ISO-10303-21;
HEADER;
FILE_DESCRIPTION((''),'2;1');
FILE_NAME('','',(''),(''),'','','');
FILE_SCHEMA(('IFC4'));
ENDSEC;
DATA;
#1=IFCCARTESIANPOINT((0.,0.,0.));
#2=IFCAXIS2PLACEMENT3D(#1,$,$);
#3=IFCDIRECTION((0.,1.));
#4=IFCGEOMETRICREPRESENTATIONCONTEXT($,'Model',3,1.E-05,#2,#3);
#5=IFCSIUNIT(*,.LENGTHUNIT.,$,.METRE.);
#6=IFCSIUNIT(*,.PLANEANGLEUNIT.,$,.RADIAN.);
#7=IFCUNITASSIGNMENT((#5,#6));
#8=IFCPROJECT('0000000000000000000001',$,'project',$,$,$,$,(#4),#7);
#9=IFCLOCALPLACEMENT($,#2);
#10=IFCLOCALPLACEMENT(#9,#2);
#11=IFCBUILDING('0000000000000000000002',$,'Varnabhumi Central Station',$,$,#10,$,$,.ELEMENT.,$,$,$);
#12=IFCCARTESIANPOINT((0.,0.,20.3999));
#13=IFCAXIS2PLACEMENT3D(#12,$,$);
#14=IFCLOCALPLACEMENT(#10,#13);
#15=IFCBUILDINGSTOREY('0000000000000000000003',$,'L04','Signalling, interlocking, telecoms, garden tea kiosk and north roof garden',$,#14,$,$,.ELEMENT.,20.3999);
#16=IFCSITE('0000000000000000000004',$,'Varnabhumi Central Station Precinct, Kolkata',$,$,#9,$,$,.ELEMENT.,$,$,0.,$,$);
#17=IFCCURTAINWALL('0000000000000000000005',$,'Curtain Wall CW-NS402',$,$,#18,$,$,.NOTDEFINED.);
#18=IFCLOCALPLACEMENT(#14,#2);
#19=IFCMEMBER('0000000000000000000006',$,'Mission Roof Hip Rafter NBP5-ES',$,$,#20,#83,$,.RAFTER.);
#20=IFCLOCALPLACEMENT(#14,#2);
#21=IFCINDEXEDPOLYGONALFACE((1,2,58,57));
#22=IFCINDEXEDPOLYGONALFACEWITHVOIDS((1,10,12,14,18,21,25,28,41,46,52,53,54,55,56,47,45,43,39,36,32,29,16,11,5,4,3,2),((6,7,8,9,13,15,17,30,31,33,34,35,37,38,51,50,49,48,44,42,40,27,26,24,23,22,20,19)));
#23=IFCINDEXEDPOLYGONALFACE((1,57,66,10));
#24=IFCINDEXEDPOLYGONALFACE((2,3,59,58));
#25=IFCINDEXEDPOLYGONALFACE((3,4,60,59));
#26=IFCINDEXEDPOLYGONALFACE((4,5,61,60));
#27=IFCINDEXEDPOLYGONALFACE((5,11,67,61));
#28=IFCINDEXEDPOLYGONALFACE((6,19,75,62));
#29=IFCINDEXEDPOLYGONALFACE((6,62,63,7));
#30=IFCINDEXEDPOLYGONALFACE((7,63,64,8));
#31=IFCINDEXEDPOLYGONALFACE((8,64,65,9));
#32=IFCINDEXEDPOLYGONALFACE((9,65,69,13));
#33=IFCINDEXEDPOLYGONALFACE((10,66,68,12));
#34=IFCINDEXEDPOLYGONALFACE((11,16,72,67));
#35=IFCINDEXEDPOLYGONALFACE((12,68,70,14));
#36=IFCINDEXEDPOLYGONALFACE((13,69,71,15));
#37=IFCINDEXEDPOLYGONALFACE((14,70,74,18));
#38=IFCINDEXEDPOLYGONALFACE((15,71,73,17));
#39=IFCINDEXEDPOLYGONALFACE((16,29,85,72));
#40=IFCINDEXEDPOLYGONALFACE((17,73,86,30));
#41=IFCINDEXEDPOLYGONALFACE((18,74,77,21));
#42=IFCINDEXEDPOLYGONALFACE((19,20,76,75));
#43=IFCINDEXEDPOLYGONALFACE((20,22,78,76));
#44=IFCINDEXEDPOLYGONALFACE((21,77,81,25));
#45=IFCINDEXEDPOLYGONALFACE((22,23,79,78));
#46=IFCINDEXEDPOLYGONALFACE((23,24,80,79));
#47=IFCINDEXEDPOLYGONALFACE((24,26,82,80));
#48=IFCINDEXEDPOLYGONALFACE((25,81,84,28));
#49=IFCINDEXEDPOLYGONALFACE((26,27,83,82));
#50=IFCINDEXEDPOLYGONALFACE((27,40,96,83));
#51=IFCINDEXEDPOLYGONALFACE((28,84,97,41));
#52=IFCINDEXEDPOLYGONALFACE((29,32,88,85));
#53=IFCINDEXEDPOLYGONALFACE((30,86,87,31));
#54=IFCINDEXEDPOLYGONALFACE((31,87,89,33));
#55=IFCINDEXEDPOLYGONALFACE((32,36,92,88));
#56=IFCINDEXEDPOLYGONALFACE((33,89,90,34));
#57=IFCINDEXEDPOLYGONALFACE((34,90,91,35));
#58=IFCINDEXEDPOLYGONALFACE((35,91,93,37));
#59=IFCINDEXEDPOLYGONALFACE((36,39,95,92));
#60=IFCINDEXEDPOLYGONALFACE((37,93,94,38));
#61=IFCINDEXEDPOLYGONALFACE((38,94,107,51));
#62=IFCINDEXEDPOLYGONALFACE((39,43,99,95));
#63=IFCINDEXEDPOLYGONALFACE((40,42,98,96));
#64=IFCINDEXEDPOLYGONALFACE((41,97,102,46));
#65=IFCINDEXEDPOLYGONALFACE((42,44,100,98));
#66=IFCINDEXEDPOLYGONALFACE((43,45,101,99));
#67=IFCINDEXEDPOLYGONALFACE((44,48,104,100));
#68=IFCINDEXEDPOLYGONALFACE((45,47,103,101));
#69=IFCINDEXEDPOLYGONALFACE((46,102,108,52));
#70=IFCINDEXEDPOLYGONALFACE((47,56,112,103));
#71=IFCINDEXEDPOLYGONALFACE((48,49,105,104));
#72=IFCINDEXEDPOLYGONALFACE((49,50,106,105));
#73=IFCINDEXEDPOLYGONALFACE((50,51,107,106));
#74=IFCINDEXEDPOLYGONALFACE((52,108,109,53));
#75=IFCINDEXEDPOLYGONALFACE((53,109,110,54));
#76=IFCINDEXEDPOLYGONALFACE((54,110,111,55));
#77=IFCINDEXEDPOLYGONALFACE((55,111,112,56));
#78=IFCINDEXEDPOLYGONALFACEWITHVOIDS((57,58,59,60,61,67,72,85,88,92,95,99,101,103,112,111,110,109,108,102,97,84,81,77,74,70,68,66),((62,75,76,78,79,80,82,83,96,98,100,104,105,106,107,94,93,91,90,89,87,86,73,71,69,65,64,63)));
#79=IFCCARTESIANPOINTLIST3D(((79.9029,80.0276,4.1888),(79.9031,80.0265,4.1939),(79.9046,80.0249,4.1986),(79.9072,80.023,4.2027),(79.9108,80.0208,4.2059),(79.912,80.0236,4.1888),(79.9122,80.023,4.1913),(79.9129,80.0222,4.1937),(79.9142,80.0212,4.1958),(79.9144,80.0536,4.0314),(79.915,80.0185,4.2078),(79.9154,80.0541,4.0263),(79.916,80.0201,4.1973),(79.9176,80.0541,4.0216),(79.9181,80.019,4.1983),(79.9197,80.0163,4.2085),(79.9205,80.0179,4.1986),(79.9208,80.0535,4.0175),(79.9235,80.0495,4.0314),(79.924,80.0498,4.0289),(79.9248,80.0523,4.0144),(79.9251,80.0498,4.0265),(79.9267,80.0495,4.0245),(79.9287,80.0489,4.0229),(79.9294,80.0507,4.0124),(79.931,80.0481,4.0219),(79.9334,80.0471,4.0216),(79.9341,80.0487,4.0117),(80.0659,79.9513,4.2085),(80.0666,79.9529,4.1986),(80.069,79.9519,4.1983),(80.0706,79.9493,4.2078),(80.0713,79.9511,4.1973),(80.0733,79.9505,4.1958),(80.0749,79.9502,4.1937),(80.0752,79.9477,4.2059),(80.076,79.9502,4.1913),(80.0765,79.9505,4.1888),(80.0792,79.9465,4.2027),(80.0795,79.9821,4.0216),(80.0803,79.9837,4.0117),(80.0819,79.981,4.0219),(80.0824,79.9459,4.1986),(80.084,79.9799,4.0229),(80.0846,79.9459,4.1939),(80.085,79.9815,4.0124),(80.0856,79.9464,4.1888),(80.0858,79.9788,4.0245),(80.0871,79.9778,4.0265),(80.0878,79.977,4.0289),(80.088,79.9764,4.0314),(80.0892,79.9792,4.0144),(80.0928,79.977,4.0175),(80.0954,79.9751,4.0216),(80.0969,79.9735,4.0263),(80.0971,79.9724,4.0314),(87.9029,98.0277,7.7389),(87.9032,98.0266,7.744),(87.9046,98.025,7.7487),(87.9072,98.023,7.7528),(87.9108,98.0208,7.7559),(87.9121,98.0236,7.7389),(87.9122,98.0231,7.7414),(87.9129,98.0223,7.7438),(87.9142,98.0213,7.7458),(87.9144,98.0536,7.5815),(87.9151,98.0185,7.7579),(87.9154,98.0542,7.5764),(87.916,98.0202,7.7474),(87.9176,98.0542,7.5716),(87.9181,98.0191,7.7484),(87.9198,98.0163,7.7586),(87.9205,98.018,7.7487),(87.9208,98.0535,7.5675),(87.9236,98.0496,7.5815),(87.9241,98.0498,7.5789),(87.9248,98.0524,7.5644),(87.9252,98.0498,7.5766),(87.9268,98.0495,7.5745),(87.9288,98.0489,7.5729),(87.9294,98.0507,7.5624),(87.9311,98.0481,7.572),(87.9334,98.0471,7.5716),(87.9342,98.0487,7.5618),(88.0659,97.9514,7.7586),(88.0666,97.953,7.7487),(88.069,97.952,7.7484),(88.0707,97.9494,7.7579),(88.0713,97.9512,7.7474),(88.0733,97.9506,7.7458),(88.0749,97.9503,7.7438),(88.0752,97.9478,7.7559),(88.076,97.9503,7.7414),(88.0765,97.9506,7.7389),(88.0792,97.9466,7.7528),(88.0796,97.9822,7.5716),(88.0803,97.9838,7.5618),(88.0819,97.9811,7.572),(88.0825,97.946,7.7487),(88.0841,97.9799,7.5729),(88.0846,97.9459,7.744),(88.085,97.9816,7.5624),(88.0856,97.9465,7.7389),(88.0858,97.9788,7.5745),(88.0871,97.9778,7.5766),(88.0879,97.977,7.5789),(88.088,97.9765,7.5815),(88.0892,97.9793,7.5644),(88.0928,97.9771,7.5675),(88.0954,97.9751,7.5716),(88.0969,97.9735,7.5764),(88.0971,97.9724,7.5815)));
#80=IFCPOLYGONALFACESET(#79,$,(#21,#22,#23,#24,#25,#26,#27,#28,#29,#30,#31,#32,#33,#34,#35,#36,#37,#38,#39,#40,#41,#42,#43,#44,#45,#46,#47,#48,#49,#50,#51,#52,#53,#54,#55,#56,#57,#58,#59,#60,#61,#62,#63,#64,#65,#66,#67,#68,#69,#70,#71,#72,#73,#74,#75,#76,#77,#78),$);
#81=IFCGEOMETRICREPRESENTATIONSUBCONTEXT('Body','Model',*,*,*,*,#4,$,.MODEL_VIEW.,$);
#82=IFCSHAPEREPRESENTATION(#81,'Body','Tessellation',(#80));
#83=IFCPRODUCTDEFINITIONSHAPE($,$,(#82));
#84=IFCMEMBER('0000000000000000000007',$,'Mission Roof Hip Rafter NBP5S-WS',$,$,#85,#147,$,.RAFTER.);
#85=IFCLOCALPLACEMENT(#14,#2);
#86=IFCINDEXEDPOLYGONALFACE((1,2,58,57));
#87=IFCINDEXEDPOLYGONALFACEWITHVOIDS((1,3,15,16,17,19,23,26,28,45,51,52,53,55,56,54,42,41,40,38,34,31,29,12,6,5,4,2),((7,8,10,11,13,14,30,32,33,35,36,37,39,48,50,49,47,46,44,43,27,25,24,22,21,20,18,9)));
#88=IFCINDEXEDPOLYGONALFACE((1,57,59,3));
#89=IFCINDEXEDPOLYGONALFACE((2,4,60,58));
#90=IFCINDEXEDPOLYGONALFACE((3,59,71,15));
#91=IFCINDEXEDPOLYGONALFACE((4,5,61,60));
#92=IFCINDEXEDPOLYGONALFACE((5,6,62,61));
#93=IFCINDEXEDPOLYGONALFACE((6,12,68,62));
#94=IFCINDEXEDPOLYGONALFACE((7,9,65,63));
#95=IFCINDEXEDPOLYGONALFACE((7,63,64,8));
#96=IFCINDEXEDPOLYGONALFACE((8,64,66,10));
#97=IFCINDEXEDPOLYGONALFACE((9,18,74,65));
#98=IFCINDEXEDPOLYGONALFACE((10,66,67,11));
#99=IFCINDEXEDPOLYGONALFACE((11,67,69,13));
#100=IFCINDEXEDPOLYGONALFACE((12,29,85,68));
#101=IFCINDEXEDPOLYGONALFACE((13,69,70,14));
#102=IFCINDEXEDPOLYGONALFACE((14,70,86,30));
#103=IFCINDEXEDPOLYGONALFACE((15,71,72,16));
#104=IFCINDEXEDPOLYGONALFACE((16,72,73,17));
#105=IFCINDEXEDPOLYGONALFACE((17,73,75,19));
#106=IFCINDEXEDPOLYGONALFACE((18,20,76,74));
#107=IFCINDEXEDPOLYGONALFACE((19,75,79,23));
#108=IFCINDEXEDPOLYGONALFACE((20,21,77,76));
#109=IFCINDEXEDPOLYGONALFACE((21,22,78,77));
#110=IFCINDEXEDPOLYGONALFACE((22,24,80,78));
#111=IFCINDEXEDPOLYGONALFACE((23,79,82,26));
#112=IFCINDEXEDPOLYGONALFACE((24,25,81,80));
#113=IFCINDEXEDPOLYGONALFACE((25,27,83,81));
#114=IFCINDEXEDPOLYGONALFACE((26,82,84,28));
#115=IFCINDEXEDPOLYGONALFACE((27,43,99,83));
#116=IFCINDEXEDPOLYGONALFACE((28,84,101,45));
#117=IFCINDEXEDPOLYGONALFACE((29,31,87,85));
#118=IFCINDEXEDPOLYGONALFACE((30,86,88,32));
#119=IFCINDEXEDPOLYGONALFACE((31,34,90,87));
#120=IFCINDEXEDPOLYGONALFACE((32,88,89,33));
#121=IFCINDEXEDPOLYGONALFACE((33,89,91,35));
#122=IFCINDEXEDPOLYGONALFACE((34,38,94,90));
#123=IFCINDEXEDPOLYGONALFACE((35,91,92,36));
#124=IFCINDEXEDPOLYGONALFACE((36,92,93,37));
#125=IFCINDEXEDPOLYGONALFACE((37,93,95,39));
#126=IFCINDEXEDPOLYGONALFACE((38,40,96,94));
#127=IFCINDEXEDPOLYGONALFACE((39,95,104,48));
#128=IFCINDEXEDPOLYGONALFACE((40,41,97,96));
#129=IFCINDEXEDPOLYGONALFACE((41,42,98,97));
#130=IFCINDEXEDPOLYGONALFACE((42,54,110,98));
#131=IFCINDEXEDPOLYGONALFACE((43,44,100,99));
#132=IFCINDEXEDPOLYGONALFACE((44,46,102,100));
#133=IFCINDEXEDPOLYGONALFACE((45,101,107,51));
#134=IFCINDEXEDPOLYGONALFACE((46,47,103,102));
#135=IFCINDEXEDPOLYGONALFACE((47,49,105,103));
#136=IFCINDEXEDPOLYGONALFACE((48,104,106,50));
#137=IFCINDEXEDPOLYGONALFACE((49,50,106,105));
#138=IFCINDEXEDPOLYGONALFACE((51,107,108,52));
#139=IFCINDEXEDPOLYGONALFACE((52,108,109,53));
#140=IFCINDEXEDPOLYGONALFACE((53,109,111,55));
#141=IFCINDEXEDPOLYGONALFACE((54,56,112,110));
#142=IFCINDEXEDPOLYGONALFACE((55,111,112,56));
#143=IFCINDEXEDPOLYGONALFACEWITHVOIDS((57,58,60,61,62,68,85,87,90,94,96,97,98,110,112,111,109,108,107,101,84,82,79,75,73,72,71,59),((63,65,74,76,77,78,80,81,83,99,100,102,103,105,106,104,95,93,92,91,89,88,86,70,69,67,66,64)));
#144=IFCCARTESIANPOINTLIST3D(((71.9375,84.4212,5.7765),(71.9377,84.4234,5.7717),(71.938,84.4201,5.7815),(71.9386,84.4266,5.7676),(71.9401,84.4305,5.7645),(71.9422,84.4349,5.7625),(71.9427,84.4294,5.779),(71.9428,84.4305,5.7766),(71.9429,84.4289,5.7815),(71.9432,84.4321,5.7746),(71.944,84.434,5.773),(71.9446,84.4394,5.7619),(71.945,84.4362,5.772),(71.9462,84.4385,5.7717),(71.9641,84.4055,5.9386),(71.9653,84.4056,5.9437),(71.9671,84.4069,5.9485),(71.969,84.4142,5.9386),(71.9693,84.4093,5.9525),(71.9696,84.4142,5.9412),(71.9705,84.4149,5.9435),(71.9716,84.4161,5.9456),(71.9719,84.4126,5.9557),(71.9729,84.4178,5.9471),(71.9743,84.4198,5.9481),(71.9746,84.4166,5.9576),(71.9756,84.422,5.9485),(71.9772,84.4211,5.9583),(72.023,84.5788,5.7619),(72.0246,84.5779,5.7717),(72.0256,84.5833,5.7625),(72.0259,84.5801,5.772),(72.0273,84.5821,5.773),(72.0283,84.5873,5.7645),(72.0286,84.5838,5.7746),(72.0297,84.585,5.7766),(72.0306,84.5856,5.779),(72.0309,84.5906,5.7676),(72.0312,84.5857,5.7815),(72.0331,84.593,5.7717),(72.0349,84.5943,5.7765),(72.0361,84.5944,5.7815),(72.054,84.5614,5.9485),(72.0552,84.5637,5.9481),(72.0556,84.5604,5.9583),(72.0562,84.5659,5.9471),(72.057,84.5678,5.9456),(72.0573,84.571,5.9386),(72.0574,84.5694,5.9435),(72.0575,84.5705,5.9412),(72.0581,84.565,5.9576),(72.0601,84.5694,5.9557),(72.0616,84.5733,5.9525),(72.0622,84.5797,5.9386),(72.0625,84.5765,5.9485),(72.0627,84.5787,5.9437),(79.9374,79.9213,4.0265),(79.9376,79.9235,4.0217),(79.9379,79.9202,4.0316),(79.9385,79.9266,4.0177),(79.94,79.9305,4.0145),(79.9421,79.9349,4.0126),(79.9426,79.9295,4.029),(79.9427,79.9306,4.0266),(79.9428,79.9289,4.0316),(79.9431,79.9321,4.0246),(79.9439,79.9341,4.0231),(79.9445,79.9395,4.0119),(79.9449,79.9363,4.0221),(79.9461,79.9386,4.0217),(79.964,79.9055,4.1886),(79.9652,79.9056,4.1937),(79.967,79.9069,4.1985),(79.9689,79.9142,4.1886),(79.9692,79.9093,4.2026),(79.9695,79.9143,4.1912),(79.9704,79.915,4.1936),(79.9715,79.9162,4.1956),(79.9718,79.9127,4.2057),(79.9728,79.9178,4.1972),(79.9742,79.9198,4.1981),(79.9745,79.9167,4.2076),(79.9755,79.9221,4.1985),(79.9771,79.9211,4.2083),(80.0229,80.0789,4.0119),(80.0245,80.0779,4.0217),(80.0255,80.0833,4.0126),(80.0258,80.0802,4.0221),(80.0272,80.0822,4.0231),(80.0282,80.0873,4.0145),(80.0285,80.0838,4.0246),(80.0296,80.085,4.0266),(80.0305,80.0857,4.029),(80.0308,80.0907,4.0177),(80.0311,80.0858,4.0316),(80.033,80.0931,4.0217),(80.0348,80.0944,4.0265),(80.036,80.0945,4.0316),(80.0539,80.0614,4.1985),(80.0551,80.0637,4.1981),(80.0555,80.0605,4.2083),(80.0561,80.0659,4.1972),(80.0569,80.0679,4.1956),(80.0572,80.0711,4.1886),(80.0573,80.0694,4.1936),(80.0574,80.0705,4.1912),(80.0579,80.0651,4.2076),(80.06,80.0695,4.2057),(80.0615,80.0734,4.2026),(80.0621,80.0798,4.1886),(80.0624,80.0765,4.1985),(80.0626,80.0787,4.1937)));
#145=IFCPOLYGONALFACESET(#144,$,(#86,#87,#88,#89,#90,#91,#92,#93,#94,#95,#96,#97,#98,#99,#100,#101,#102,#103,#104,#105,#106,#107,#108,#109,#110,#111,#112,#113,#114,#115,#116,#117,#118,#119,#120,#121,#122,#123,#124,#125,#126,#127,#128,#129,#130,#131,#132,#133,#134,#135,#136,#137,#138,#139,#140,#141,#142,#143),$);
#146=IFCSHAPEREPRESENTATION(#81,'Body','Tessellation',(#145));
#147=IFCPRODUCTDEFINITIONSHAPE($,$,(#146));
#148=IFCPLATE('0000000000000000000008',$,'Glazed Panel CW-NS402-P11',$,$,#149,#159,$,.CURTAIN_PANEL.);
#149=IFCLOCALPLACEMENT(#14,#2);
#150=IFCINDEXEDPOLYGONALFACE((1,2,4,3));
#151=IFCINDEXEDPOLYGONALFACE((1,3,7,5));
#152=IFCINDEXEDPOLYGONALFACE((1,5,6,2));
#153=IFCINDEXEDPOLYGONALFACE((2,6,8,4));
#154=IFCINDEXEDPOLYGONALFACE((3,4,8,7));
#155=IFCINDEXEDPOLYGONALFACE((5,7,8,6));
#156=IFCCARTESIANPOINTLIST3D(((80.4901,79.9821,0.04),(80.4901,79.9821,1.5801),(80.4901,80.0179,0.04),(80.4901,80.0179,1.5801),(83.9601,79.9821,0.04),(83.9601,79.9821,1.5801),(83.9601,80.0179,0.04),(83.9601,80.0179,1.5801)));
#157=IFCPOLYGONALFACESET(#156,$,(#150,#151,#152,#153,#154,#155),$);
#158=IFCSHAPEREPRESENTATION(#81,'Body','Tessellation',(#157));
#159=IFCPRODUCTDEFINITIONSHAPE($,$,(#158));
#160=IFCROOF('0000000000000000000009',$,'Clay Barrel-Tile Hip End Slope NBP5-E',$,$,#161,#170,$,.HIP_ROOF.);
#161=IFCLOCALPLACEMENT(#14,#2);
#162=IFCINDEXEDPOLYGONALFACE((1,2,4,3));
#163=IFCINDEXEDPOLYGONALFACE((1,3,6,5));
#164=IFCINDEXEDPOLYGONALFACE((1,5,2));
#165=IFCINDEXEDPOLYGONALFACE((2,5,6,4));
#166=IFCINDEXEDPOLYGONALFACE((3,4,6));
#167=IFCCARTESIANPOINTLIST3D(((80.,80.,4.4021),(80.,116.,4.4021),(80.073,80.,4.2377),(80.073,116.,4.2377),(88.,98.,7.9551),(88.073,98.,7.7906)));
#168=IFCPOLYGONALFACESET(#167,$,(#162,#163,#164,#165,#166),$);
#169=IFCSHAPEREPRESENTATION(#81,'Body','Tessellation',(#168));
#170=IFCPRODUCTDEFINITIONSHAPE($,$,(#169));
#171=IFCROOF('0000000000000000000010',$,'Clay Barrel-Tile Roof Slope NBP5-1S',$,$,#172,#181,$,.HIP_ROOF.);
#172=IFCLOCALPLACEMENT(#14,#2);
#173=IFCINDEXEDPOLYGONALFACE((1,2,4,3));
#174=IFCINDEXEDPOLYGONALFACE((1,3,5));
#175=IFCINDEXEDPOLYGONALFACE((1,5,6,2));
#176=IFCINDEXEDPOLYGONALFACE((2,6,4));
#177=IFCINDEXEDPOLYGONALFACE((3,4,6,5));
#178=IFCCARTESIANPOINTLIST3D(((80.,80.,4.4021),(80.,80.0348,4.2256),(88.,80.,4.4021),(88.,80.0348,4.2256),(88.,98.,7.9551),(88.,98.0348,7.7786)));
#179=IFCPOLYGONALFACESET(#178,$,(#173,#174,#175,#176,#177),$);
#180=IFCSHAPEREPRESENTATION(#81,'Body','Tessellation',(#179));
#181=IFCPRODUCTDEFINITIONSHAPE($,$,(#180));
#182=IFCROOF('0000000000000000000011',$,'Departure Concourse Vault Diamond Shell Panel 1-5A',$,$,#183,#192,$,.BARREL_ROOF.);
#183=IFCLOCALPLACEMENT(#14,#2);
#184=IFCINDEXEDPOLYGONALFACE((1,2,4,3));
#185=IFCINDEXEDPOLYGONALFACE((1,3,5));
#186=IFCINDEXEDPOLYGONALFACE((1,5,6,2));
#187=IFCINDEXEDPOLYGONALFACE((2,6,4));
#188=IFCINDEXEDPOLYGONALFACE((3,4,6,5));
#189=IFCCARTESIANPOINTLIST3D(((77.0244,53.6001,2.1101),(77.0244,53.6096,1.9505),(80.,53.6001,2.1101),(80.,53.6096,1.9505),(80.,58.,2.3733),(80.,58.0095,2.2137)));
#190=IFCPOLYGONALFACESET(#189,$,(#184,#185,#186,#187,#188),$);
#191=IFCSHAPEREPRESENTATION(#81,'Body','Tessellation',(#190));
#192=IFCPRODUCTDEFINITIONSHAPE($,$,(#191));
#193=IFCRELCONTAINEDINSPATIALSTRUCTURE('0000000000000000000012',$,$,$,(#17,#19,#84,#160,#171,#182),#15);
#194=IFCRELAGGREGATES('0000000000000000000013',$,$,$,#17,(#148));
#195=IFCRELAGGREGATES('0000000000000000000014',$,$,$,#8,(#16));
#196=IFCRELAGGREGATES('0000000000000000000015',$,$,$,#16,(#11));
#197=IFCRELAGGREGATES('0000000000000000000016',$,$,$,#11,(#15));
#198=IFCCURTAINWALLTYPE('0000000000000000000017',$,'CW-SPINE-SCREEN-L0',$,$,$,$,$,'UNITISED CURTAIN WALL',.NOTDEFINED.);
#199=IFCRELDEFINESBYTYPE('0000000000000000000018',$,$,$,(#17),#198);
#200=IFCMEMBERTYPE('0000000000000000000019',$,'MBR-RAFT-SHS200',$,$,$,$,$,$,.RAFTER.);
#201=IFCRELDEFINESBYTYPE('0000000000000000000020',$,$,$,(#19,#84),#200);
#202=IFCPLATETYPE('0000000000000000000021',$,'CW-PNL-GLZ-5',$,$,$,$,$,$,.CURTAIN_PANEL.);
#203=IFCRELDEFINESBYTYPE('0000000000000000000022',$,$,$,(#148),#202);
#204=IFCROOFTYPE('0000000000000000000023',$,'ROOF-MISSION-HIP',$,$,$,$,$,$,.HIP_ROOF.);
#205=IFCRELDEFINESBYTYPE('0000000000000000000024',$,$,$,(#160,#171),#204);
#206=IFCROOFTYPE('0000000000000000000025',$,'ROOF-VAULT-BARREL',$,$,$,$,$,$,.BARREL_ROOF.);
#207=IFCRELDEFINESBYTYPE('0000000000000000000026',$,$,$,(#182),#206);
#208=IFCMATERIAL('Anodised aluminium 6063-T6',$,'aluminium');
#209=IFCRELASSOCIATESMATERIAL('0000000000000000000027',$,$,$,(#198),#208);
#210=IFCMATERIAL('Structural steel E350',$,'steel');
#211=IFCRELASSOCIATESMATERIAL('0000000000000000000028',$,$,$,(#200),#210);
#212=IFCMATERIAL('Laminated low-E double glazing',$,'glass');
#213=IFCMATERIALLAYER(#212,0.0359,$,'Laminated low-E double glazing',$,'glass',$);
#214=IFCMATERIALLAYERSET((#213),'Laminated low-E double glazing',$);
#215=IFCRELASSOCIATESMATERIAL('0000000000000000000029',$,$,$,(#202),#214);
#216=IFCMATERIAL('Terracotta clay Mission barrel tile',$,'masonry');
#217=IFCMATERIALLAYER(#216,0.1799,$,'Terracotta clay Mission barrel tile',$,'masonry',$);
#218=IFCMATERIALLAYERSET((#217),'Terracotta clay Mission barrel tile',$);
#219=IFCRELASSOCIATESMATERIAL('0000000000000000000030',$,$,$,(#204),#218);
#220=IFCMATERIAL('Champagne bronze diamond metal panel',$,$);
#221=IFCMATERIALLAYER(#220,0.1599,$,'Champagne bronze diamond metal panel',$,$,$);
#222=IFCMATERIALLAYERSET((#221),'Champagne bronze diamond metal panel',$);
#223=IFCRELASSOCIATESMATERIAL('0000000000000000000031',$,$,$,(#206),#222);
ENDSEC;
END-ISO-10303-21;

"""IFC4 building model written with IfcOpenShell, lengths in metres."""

from ifc_helpers import new_model, si_unit, direction, frame, origin, origin_2d, place, context, subcontext, project, spatial, polyline, rectangle, hollow_rectangle, outline, extrude, material, layer, layer_set, material_profile, profile_set, type_object, element, aggregate, save


model = new_model("IFC4")

# Units and contexts
model_context = context("Model", 3, precision=1e-05, world=origin(), true_north=direction((0.0, 1.0)))
body_context = subcontext(model_context, "Body", "Model", "MODEL_VIEW")
ifc_project = project(units=[si_unit("LENGTHUNIT", "METRE"), si_unit("PLANEANGLEUNIT", "RADIAN")], contexts=[model_context])

# Site, building, storey
site_placement = place(None, origin())
site = spatial("IfcSite", under=ifc_project, at=site_placement, Name="Varnabhumi Central Station Precinct, Kolkata", CompositionType="ELEMENT", RefElevation=0.0)
building_placement = place(site_placement, origin())
building = spatial("IfcBuilding", under=site, at=building_placement, Name="Varnabhumi Central Station", CompositionType="ELEMENT")
storey_placement = place(building_placement, frame((0.0, 0.0, 20.3999)))
storey = spatial("IfcBuildingStorey", under=building, at=storey_placement, Name="L04", Description="Signalling, interlocking, telecoms, garden tea kiosk and north roof garden", CompositionType="ELEMENT", Elevation=20.3999)

# Curtain wall
ifc_material_1 = material(Name="Anodised aluminium 6063-T6", Category="aluminium")
curtain_wall_type = type_object("IfcCurtainWallType", Name="CW-SPINE-SCREEN-L0", ElementType="UNITISED CURTAIN WALL", PredefinedType="NOTDEFINED", material=ifc_material_1)
curtain_wall_placement = place(storey_placement, origin())
curtain_wall = element("IfcCurtainWall", 1, at=curtain_wall_placement, inside=storey, type_object=curtain_wall_type, Name="Curtain Wall CW-NS402", PredefinedType="NOTDEFINED")

# Members
ifc_material_2 = material(Name="Structural steel E350", Category="steel")
ifc_material_profile_1 = material_profile(ifc_material_2, hollow_rectangle(XDim=0.2, YDim=0.2, WallThickness=0.01, InnerFilletRadius=0.01, OuterFilletRadius=0.02, at=origin_2d()), Name="Structural steel E350", Category="steel")
ifc_profile_set_1 = profile_set([ifc_material_profile_1], Name="Structural steel E350")
member_type_1 = type_object("IfcMemberType", Name="MBR-RAFT-SHS200", PredefinedType="RAFTER", material=ifc_profile_set_1)
member_1_placement = place(storey_placement, frame((80.0, 80.0, 4.1101), z_axis=(0.399699, 0.899323, 0.177369), x_axis=(-0.913812, 0.406138, 0.0)))
element("IfcMember", 2, at=member_1_placement, inside=storey, type_object=member_type_1, Name="Mission Roof Hip Rafter NBP5-ES", PredefinedType="RAFTER", context=body_context, shape_type="SweptSolid", body=[
    extrude(hollow_rectangle(XDim=0.2, YDim=0.2, WallThickness=0.01, InnerFilletRadius=0.01, OuterFilletRadius=0.02, at=origin_2d()), origin(), (0.0, 0.0, 1.0), 20.0151),
])
member_2_placement = place(storey_placement, frame((80.0, 80.0, 4.1101), z_axis=(-0.856154, 0.481586, 0.187284), x_axis=(-0.490261, -0.871576, 0.0)))
element("IfcMember", 3, at=member_2_placement, inside=storey, type_object=member_type_1, Name="Mission Roof Hip Rafter NBP5S-WS", PredefinedType="RAFTER", context=body_context, shape_type="SweptSolid", body=[
    extrude(hollow_rectangle(XDim=0.2, YDim=0.2, WallThickness=0.01, InnerFilletRadius=0.01, OuterFilletRadius=0.02, at=origin_2d()), origin(), (0.0, 0.0, 1.0), 9.344),
])

# Plate
ifc_material_3 = material(Name="Laminated low-E double glazing", Category="glass")
ifc_layer_1 = layer(ifc_material_3, 0.0359, Name="Laminated low-E double glazing", Category="glass")
ifc_layer_set_1 = layer_set([ifc_layer_1], Name="Laminated low-E double glazing")
plate_type = type_object("IfcPlateType", Name="CW-PNL-GLZ-5", PredefinedType="CURTAIN_PANEL", material=ifc_layer_set_1)
plate_placement = place(storey_placement, frame((82.2251, 80.0, 0.04), z_axis=(0.0, 0.0, 1.0), x_axis=(1.0, 0.0, 0.0)))
plate = element("IfcPlate", 4, at=plate_placement, type_object=plate_type, Name="Glazed Panel CW-NS402-P11", PredefinedType="CURTAIN_PANEL", context=body_context, shape_type="SweptSolid", body=[
    extrude(rectangle(XDim=3.47, YDim=0.0359, at=origin_2d()), origin(), (0.0, 0.0, 1.0), 1.54),
])
aggregate(curtain_wall, [plate])

# Roofs
ifc_material_4 = material(Name="Terracotta clay Mission barrel tile", Category="masonry")
ifc_layer_2 = layer(ifc_material_4, 0.1799, Name="Terracotta clay Mission barrel tile", Category="masonry")
ifc_layer_set_2 = layer_set([ifc_layer_2], Name="Terracotta clay Mission barrel tile")
roof_type_1 = type_object("IfcRoofType", Name="ROOF-MISSION-HIP", PredefinedType="HIP_ROOF", material=ifc_layer_set_2)
roof_1_placement = place(storey_placement, frame((80.0, 80.0, 4.4021), z_axis=(-0.405893, 0.0, 0.913921), x_axis=(0.0, 1.0, 0.0)))
element("IfcRoof", 5, at=roof_1_placement, inside=storey, type_object=roof_type_1, Name="Clay Barrel-Tile Hip End Slope NBP5-E", PredefinedType="HIP_ROOF", context=body_context, shape_type="SweptSolid", body=[
    extrude(outline(polyline([(0.0, 0.0), (36.0, 0.0), (18.0, -8.7535), (0.0, 0.0)])), origin(), (0.0, 0.0, -1.0), 0.1799),
])
roof_2_placement = place(storey_placement, frame((80.0, 80.0, 4.4021), z_axis=(0.0, -0.193651, 0.98107), x_axis=(1.0, 0.0, 0.0)))
element("IfcRoof", 6, at=roof_2_placement, inside=storey, type_object=roof_type_1, Name="Clay Barrel-Tile Roof Slope NBP5-1S", PredefinedType="HIP_ROOF", context=body_context, shape_type="SweptSolid", body=[
    extrude(outline(polyline([(0.0, 0.0), (8.0, 0.0), (8.0, 18.3473), (0.0, 0.0)])), origin(), (0.0, 0.0, -1.0), 0.1799),
])
ifc_material_5 = material(Name="Champagne bronze diamond metal panel")
ifc_layer_3 = layer(ifc_material_5, 0.1599, Name="Champagne bronze diamond metal panel")
ifc_layer_set_3 = layer_set([ifc_layer_3], Name="Champagne bronze diamond metal panel")
roof_type_2 = type_object("IfcRoofType", Name="ROOF-VAULT-BARREL", PredefinedType="BARREL_ROOF", material=ifc_layer_set_3)
roof_3_placement = place(storey_placement, frame((77.0244, 53.6001, 2.1101), z_axis=(0.0, -0.059709, 0.998216), x_axis=(1.0, 0.0, 0.0)))
element("IfcRoof", 7, at=roof_3_placement, inside=storey, type_object=roof_type_2, Name="Departure Concourse Vault Diamond Shell Panel 1-5A", PredefinedType="BARREL_ROOF", context=body_context, shape_type="SweptSolid", body=[
    extrude(outline(polyline([(0.0, 0.0), (2.9756, 0.0), (2.9756, 4.4078), (0.0, 0.0)])), origin(), (0.0, 0.0, -1.0), 0.1599),
])

save(model, "model.ifc")
